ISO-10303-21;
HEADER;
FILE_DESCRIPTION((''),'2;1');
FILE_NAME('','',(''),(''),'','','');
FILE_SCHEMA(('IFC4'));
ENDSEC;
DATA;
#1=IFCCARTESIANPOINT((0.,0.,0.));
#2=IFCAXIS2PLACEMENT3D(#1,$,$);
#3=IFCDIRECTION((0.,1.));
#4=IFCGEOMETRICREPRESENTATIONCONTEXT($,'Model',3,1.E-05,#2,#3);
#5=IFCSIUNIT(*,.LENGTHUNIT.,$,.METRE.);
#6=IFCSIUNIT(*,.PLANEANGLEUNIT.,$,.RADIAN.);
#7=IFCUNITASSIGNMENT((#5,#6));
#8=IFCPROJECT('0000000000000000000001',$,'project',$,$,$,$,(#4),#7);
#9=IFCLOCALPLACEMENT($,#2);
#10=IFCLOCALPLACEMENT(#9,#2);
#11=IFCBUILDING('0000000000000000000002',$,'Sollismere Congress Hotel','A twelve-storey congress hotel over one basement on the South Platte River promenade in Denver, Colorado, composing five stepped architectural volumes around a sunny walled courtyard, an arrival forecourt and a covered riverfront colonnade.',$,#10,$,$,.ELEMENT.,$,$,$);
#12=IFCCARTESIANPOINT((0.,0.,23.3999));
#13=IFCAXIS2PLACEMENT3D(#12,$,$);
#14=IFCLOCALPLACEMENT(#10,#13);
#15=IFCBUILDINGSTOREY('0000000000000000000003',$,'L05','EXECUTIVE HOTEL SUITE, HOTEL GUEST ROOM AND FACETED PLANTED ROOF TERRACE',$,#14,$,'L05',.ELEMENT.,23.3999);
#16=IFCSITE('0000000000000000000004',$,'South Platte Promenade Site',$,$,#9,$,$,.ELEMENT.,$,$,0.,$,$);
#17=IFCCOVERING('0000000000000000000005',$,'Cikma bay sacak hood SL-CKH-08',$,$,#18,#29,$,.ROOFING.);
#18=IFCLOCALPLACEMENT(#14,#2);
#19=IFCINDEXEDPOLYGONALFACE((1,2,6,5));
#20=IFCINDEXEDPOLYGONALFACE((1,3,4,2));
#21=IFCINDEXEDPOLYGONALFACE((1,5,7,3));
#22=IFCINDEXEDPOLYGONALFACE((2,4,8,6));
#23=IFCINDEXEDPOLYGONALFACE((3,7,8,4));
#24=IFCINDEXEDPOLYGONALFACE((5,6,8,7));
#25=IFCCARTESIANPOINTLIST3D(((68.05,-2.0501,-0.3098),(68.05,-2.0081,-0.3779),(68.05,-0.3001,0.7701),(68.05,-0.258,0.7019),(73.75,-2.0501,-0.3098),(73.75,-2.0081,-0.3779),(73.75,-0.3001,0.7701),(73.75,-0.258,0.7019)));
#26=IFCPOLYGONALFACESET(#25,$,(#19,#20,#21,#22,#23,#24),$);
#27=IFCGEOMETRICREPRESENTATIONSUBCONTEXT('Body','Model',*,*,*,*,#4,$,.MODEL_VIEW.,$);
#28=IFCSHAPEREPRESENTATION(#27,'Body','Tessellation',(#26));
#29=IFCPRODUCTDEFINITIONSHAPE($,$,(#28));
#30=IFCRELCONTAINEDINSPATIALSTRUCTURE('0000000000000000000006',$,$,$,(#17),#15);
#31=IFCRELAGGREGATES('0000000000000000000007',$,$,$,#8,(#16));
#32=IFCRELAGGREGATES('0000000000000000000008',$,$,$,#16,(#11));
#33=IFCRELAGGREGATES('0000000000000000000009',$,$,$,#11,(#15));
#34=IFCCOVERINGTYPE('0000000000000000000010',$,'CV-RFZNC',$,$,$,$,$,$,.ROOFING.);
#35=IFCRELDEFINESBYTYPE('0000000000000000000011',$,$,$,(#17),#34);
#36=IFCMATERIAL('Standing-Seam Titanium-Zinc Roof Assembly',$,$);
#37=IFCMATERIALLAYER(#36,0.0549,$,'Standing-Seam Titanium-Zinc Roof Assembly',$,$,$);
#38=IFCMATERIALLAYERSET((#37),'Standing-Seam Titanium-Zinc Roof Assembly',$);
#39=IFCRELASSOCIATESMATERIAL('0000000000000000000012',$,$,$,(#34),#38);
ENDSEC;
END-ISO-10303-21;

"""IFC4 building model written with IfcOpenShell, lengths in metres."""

from ifc_helpers import new_model, si_unit, direction, frame, origin, place, context, subcontext, project, spatial, polyline, outline, extrude, material, layer, layer_set, type_object, element, save


model = new_model("IFC4")

# Units and contexts
model_context = context("Model", 3, precision=1e-05, world=origin(), true_north=direction((0.0, 1.0)))
body_context = subcontext(model_context, "Body", "Model", "MODEL_VIEW")
ifc_project = project(units=[si_unit("LENGTHUNIT", "METRE"), si_unit("PLANEANGLEUNIT", "RADIAN")], contexts=[model_context])

# Site, building, storey
site_placement = place(None, origin())
site = spatial("IfcSite", under=ifc_project, at=site_placement, Name="South Platte Promenade Site", CompositionType="ELEMENT", RefElevation=0.0)
building_placement = place(site_placement, origin())
building = spatial("IfcBuilding", under=site, at=building_placement, Name="Sollismere Congress Hotel", Description="A twelve-storey congress hotel over one basement on the South Platte River promenade in Denver, Colorado, composing five stepped architectural volumes around a sunny walled courtyard, an arrival forecourt and a covered riverfront colonnade.", CompositionType="ELEMENT")
storey_placement = place(building_placement, frame((0.0, 0.0, 23.3999)))
storey = spatial("IfcBuildingStorey", under=building, at=storey_placement, Name="L05", Description="EXECUTIVE HOTEL SUITE, HOTEL GUEST ROOM AND FACETED PLANTED ROOF TERRACE", LongName="L05", CompositionType="ELEMENT", Elevation=23.3999)

# Covering
ifc_material_1 = material(Name="Standing-Seam Titanium-Zinc Roof Assembly")
ifc_layer_1 = layer(ifc_material_1, 0.0549, Name="Standing-Seam Titanium-Zinc Roof Assembly")
ifc_layer_set_1 = layer_set([ifc_layer_1], Name="Standing-Seam Titanium-Zinc Roof Assembly")
covering_type = type_object("IfcCoveringType", Name="CV-RFZNC", PredefinedType="ROOFING", material=ifc_layer_set_1)
covering_placement = place(storey_placement, frame((68.05, -2.0081, -0.3779), z_axis=(0.0, -0.525124, 0.851026), x_axis=(1.0, 0.0, 0.0)))
element("IfcCovering", 1, at=covering_placement, inside=storey, type_object=covering_type, Name="Cikma bay sacak hood SL-CKH-08", PredefinedType="ROOFING", context=body_context, shape_type="SweptSolid", body=[
    extrude(outline(polyline([(0.0, 0.0), (5.7, 0.0), (5.7, 2.0564), (0.0, 2.0564), (0.0, 0.0)])), origin(), (0.0, 0.0, 1.0), 0.0801),
])

save(model, "model.ifc")
